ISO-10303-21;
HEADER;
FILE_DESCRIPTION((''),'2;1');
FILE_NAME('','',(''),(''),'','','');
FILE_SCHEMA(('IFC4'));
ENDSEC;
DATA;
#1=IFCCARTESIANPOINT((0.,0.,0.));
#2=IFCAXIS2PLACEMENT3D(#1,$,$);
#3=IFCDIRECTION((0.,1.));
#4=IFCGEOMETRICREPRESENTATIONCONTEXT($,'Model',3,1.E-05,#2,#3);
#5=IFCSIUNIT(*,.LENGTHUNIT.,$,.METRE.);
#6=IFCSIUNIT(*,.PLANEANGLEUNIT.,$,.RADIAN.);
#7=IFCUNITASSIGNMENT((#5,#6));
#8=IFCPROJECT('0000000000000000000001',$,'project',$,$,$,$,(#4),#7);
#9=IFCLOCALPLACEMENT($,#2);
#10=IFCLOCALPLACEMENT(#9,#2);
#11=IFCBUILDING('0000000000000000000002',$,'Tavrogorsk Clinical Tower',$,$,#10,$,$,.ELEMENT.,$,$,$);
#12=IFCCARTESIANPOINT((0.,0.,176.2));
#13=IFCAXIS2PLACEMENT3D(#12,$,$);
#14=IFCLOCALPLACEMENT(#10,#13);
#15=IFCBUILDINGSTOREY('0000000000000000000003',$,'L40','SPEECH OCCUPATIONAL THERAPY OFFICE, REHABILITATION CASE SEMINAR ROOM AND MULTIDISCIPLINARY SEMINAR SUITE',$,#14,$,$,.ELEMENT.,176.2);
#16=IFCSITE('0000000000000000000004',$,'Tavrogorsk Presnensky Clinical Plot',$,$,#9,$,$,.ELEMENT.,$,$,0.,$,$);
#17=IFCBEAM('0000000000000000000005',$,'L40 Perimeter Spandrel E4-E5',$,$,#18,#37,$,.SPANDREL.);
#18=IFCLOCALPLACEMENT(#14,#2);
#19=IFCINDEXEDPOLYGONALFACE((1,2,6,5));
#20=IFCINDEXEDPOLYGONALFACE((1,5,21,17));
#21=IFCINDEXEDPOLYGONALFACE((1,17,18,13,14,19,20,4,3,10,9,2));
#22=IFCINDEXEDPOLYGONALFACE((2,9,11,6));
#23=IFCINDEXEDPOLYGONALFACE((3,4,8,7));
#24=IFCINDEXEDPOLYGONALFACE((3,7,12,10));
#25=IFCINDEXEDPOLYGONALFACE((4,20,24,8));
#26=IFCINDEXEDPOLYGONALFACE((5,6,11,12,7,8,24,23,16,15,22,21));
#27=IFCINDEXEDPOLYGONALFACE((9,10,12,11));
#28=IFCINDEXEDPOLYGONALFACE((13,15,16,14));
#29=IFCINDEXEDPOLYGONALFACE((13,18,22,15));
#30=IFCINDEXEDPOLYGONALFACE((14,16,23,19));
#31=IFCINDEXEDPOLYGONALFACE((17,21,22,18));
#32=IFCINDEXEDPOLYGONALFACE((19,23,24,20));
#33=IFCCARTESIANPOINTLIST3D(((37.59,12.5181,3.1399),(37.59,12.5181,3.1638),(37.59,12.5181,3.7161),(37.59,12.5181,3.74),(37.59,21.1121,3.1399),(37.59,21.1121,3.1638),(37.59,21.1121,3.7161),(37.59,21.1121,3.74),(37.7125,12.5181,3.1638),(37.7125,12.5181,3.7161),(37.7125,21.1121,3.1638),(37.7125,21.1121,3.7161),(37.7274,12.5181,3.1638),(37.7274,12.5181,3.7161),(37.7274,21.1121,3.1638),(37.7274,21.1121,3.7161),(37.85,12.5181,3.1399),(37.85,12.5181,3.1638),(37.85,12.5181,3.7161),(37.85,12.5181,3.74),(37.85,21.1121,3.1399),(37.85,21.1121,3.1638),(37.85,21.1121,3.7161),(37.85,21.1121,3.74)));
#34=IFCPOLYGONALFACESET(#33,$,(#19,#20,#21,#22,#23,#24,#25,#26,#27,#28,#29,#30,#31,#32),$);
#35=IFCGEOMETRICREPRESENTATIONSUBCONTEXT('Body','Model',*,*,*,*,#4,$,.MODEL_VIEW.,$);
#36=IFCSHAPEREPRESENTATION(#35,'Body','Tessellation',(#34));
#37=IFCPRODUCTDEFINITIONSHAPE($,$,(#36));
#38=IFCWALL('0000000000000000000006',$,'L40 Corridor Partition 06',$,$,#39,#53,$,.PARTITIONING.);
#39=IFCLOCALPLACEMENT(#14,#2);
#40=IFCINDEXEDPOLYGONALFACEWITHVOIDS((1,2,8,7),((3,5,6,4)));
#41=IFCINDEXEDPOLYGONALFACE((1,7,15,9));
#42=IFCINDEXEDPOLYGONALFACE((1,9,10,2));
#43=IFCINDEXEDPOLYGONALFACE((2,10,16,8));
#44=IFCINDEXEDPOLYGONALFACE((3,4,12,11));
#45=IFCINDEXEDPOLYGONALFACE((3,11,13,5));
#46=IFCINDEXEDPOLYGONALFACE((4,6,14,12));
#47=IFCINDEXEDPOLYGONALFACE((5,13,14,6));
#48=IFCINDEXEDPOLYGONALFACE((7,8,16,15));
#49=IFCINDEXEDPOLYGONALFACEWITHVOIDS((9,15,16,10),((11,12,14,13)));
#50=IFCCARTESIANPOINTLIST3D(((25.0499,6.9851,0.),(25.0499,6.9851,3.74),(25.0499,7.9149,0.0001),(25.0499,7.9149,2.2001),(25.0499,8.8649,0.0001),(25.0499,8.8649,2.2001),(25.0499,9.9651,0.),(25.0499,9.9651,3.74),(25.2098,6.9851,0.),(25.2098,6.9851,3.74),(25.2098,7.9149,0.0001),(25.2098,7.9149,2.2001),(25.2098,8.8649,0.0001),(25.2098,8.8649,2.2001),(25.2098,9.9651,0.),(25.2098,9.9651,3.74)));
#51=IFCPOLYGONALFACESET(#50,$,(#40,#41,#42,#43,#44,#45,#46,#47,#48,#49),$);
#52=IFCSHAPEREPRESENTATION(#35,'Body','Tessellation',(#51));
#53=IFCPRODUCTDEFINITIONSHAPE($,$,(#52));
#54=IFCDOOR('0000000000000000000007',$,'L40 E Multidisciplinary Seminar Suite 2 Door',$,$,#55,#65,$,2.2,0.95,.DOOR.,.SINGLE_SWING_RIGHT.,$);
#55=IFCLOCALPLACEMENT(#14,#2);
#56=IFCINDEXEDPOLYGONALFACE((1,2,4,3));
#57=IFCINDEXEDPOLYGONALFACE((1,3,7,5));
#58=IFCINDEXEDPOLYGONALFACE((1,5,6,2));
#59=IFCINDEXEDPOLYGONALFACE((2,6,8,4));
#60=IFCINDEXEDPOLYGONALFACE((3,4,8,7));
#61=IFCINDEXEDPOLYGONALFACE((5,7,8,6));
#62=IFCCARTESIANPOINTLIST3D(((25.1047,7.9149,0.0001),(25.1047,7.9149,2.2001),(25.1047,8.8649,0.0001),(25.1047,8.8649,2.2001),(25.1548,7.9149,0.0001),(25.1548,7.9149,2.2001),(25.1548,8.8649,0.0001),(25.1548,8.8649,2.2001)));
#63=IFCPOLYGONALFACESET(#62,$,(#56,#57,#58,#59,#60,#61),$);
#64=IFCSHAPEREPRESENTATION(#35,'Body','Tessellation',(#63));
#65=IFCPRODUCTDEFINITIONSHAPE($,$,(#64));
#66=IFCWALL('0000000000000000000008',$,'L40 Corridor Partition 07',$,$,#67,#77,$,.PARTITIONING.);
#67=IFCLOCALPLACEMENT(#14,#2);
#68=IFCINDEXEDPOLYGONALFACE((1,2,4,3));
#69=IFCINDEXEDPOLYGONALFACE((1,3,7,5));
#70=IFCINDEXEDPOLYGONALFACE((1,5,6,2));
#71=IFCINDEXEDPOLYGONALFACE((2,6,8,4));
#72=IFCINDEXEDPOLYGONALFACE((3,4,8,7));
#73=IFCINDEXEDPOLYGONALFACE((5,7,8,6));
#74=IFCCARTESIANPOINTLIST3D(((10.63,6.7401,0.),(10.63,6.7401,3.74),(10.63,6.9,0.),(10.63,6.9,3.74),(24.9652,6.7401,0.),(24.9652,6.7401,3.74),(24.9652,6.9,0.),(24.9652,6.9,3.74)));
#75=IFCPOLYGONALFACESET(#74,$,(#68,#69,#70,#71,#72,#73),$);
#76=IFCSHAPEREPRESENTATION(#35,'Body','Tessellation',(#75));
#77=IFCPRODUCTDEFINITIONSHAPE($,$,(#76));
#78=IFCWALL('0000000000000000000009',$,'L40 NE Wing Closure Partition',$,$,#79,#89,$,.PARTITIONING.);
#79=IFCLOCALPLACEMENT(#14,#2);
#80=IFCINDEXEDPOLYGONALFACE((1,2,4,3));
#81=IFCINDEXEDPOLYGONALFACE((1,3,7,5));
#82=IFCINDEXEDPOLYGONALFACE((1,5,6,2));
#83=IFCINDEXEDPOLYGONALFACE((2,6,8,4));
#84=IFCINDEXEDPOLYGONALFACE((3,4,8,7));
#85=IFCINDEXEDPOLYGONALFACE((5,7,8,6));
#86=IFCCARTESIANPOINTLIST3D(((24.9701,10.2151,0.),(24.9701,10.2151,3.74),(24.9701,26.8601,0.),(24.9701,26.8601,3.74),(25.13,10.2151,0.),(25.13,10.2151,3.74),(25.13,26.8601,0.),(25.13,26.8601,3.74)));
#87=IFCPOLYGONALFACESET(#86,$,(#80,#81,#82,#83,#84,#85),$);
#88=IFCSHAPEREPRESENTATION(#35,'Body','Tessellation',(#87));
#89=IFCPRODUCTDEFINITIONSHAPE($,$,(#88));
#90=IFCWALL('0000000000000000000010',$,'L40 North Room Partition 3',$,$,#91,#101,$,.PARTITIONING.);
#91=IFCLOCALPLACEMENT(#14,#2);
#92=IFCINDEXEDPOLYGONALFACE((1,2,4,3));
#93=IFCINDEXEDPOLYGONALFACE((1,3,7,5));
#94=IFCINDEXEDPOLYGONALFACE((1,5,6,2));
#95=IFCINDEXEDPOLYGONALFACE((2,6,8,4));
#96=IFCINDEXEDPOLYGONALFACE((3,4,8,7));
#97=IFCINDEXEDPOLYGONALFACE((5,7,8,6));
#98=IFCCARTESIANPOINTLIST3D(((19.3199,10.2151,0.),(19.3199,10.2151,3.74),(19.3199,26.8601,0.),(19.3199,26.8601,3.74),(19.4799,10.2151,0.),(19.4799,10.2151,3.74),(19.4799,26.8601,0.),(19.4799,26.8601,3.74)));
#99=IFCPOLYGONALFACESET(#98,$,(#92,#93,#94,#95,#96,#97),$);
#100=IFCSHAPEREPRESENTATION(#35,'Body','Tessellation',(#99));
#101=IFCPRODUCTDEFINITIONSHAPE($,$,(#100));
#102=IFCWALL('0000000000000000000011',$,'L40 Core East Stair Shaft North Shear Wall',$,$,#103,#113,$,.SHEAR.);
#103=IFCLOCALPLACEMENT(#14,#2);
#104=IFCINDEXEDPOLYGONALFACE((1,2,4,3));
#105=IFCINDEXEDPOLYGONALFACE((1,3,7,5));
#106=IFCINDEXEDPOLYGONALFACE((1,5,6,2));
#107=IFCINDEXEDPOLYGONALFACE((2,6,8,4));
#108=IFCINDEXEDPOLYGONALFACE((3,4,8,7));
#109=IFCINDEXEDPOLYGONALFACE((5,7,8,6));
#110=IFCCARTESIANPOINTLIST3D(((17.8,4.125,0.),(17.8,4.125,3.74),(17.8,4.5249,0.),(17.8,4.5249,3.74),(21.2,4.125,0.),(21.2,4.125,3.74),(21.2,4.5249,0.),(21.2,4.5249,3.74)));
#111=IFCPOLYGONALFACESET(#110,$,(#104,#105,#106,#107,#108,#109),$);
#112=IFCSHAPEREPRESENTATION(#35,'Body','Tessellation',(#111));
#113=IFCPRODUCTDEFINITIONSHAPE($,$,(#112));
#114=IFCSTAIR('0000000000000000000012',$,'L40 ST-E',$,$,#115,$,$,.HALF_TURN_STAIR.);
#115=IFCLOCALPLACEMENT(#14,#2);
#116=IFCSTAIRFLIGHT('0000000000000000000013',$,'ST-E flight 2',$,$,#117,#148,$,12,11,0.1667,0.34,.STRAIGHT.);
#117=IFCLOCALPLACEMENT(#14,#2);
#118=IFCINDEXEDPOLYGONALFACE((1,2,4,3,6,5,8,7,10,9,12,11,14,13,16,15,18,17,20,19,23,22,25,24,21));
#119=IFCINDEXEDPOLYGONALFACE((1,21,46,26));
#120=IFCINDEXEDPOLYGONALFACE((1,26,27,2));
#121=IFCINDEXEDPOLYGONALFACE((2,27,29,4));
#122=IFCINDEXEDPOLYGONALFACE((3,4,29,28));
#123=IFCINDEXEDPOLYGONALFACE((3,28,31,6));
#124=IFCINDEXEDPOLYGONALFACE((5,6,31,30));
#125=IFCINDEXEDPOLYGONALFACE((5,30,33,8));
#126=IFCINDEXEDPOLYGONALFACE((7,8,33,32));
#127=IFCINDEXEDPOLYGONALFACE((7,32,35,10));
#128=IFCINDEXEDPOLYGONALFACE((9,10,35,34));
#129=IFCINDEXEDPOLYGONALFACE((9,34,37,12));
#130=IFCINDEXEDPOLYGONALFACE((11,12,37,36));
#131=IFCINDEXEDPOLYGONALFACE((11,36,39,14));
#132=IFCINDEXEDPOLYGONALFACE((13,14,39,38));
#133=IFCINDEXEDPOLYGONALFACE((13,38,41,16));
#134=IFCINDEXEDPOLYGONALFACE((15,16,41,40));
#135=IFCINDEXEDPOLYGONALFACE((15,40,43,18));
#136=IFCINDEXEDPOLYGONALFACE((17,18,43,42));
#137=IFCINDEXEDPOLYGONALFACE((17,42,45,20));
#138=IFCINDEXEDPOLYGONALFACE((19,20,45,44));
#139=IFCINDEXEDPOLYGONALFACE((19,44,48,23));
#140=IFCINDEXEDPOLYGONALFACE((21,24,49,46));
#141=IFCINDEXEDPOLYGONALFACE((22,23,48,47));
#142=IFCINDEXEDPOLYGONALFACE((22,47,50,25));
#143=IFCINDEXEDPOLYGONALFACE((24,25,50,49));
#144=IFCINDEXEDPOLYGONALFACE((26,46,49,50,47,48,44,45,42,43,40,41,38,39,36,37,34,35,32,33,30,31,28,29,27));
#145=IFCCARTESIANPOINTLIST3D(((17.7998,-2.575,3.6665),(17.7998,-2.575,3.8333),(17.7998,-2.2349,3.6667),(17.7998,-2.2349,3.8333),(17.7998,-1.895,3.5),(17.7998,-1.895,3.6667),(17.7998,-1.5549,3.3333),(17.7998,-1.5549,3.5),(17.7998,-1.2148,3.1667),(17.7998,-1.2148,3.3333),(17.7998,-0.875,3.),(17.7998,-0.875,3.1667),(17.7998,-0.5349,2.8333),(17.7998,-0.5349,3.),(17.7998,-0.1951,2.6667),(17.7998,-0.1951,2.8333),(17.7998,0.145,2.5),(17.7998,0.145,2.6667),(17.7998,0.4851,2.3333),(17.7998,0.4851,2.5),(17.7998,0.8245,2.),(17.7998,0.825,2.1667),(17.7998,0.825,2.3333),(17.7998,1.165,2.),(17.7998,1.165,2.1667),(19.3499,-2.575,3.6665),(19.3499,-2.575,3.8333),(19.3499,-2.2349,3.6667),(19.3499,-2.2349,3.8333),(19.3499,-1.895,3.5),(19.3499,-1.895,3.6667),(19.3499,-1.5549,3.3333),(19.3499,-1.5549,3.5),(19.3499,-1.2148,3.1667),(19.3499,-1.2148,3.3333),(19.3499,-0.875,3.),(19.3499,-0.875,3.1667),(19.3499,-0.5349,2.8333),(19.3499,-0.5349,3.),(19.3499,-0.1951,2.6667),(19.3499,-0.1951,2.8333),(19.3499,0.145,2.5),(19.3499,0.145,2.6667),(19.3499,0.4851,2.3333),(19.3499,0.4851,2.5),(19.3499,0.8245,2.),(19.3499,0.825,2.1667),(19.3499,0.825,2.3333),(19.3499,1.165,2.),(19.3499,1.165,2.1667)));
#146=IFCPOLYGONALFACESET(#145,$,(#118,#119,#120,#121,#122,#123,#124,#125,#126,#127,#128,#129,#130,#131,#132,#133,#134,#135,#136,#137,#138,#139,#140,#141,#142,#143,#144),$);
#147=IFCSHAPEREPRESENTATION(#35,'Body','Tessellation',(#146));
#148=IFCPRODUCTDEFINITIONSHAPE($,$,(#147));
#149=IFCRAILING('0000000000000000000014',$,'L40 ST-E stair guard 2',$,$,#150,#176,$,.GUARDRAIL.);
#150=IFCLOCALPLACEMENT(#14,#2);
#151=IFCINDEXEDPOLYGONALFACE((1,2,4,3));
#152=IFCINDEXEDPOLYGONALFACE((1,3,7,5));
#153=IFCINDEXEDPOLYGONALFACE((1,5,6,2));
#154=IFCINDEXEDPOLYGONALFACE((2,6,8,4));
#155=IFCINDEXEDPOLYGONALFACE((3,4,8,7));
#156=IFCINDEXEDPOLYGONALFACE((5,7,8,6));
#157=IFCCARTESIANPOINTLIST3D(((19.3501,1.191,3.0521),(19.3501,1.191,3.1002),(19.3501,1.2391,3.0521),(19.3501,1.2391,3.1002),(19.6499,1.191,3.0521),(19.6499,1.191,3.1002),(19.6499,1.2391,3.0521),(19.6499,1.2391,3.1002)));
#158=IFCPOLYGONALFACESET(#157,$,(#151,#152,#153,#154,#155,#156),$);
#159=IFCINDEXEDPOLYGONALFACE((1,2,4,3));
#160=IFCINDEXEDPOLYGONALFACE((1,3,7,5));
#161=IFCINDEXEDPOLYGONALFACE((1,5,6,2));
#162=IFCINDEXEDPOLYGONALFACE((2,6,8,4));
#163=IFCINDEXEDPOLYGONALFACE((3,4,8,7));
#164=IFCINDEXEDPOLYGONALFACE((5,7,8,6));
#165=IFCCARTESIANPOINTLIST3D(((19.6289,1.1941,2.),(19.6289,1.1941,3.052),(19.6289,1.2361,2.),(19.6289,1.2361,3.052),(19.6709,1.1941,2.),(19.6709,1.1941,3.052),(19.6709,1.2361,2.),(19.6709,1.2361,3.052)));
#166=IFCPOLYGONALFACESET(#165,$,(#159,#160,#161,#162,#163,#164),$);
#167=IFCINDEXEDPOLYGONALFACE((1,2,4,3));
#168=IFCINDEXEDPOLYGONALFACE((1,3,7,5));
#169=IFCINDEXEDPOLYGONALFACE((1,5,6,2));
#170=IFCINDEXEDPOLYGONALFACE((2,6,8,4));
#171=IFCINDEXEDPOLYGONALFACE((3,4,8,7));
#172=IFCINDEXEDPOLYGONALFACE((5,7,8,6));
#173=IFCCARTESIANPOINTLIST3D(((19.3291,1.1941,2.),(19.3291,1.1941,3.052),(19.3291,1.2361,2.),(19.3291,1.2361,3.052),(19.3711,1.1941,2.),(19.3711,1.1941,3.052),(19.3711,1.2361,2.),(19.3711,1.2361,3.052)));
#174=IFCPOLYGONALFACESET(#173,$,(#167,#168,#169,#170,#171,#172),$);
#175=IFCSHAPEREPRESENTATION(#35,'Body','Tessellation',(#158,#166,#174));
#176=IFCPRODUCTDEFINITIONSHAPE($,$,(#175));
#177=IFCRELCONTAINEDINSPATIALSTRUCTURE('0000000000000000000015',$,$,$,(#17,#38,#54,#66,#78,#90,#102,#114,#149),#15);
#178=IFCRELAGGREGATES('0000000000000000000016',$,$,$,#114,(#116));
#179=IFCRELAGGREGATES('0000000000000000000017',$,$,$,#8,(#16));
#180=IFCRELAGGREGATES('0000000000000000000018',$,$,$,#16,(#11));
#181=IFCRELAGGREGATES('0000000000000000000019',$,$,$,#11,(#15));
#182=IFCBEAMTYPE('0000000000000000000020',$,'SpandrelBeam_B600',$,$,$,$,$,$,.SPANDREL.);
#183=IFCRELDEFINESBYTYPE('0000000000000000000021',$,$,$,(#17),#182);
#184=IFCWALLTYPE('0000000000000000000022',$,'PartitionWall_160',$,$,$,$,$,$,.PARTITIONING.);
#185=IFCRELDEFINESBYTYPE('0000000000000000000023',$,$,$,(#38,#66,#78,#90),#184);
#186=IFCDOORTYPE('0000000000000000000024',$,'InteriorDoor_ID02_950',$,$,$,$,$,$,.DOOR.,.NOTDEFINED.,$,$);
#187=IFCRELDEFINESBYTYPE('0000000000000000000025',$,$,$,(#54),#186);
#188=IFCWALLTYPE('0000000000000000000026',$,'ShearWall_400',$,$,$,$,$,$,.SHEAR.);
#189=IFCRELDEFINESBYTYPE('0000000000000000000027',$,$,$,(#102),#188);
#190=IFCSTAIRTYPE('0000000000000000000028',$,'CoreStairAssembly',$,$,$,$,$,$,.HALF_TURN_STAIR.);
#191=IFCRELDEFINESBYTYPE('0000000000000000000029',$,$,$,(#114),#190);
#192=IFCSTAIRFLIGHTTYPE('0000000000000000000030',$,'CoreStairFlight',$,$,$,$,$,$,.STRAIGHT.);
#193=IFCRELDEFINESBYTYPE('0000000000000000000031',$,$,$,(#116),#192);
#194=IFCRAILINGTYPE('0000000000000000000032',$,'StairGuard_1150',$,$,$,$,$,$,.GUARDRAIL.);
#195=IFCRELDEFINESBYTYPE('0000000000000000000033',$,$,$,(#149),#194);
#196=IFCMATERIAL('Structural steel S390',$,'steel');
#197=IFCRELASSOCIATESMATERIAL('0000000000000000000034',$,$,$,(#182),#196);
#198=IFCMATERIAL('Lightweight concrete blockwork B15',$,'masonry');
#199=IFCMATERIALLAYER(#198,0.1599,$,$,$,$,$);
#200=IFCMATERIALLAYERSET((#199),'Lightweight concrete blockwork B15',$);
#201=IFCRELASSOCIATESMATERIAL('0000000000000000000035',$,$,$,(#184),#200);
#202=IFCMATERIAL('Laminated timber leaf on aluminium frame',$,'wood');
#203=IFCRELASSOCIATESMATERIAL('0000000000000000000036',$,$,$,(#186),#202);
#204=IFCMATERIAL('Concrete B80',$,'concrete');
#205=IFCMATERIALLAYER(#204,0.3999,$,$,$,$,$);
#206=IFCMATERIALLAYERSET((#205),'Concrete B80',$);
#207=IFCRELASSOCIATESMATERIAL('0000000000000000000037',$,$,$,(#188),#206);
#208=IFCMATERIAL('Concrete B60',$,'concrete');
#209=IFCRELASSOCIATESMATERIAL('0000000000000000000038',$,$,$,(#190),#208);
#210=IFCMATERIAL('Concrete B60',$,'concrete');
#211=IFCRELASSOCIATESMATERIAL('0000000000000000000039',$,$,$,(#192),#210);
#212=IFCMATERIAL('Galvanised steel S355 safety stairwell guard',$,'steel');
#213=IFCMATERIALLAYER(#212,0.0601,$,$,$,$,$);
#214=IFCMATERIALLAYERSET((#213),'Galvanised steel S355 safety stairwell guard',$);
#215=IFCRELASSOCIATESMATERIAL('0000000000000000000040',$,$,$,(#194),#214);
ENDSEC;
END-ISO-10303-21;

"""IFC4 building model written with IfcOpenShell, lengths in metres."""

from ifc_helpers import new_model, si_unit, direction, frame, frame_2d, origin, origin_2d, place, context, subcontext, project, spatial, polyline, rectangle, i_section, outline, extrude, material, layer, layer_set, material_profile, profile_set, type_object, element, fill, aggregate, save


model = new_model("IFC4")

# Units and contexts
model_context = context("Model", 3, precision=1e-05, world=origin(), true_north=direction((0.0, 1.0)))
body_context = subcontext(model_context, "Body", "Model", "MODEL_VIEW")
ifc_project = project(units=[si_unit("LENGTHUNIT", "METRE"), si_unit("PLANEANGLEUNIT", "RADIAN")], contexts=[model_context])

# Site, building, storey
site_placement = place(None, origin())
site = spatial("IfcSite", under=ifc_project, at=site_placement, Name="Tavrogorsk Presnensky Clinical Plot", CompositionType="ELEMENT", RefElevation=0.0)
building_placement = place(site_placement, origin())
building = spatial("IfcBuilding", under=site, at=building_placement, Name="Tavrogorsk Clinical Tower", CompositionType="ELEMENT")
storey_placement = place(building_placement, frame((0.0, 0.0, 176.2)))
storey = spatial("IfcBuildingStorey", under=building, at=storey_placement, Name="L40", Description="SPEECH OCCUPATIONAL THERAPY OFFICE, REHABILITATION CASE SEMINAR ROOM AND MULTIDISCIPLINARY SEMINAR SUITE", CompositionType="ELEMENT", Elevation=176.2)

# Beam
ifc_material_1 = material(Name="Structural steel S390", Category="steel")
ifc_material_profile_1 = material_profile(ifc_material_1, i_section(OverallWidth=0.26, OverallDepth=0.6001, WebThickness=0.0149, FlangeThickness=0.0239, at=origin_2d()), Name="B-600x260x15x24")
ifc_profile_set_1 = profile_set([ifc_material_profile_1], Name="Structural steel S390")
beam_type_1 = type_object("IfcBeamType", Name="SpandrelBeam_B600", PredefinedType="SPANDREL", material=ifc_profile_set_1)
for number, where, z_axis, x_axis, name in (
    (1, (37.72, 12.5181, 3.4399), (0.0, 1.0, 0.0), (-1.0, 0.0, 0.0), "L40 Perimeter Spandrel E4-E5"),
):
    element("IfcBeam", number, at=place(storey_placement, frame(where, z_axis=z_axis, x_axis=x_axis)), inside=storey, type_object=beam_type_1, Name=name, PredefinedType="SPANDREL", context=body_context, shape_type="SweptSolid", body=[
        extrude(i_section(OverallWidth=0.26, OverallDepth=0.6001, WebThickness=0.0149, FlangeThickness=0.0239, at=origin_2d()), origin(), (0.0, 0.0, 1.0), 8.594),
    ])

# Wall, opening, door
ifc_material_2 = material(Name="Lightweight concrete blockwork B15", Category="masonry")
ifc_layer_1 = layer(ifc_material_2, 0.1599)
ifc_layer_set_1 = layer_set([ifc_layer_1], Name="Lightweight concrete blockwork B15")
wall_type_1 = type_object("IfcWallType", Name="PartitionWall_160", PredefinedType="PARTITIONING", material=ifc_layer_set_1)
wall_1_placement = place(storey_placement, frame((25.1299, 9.9651, 0.0), z_axis=(0.0, 0.0, 1.0), x_axis=(0.0, -1.0, 0.0)))
wall_1 = element("IfcWall", 2, at=wall_1_placement, inside=storey, type_object=wall_type_1, Name="L40 Corridor Partition 06", PredefinedType="PARTITIONING", context=body_context, shape_type="SweptSolid", body=[
    extrude(rectangle(XDim=2.98, YDim=0.1599, at=frame_2d((1.49, 0.0))), origin(), (0.0, 0.0, 1.0), 3.74),
])
opening_placement = place(wall_1_placement, frame((1.1001, 0.0, 0.0)))
opening = element("IfcOpeningElement", 3, at=opening_placement, cuts=wall_1, PredefinedType="OPENING", context=body_context, shape_type="SweptSolid", body=[
    extrude(rectangle(XDim=0.95, YDim=2.2, at=frame_2d((0.4751, 1.1001))), frame((0.0, 0.0898, 0.0), z_axis=(0.0, -1.0, 0.0), x_axis=(1.0, 0.0, 0.0)), (0.0, 0.0, 1.0), 0.1799),
])
ifc_material_3 = material(Name="Laminated timber leaf on aluminium frame", Category="wood")
door_type = type_object("IfcDoorType", Name="InteriorDoor_ID02_950", OperationType="NOTDEFINED", PredefinedType="DOOR", material=ifc_material_3)
door_placement = place(opening_placement, origin())
door = element("IfcDoor", 4, at=door_placement, inside=storey, type_object=door_type, Name="L40 E Multidisciplinary Seminar Suite 2 Door", OperationType="SINGLE_SWING_RIGHT", OverallHeight=2.2, OverallWidth=0.95, PredefinedType="DOOR", context=body_context, shape_type="SweptSolid", body=[
    extrude(rectangle(XDim=0.95, YDim=2.2, at=frame_2d((0.4751, 1.1001))), frame((0.0, 0.0249, 0.0), z_axis=(0.0, -1.0, 0.0), x_axis=(1.0, 0.0, 0.0)), (0.0, 0.0, 1.0), 0.05),
])
fill(opening, door)

# Walls
wall_2_placement = place(storey_placement, frame((24.9651, 6.8201, 0.0), z_axis=(0.0, 0.0, 1.0), x_axis=(-1.0, 0.0, 0.0)))
element("IfcWall", 5, at=wall_2_placement, inside=storey, type_object=wall_type_1, Name="L40 Corridor Partition 07", PredefinedType="PARTITIONING", context=body_context, shape_type="SweptSolid", body=[
    extrude(rectangle(XDim=14.3352, YDim=0.1599, at=frame_2d((7.1675, 0.0))), origin(), (0.0, 0.0, 1.0), 3.74),
])
for number, where, z_axis, x_axis, name in (
    (6, (25.05, 10.2151, 0.0), (0.0, 0.0, 1.0), (0.0, 1.0, 0.0), "L40 NE Wing Closure Partition"),
    (7, (19.3999, 10.2151, 0.0), (0.0, 0.0, 1.0), (0.0, 1.0, 0.0), "L40 North Room Partition 3"),
):
    element("IfcWall", number, at=place(storey_placement, frame(where, z_axis=z_axis, x_axis=x_axis)), inside=storey, type_object=wall_type_1, Name=name, PredefinedType="PARTITIONING", context=body_context, shape_type="SweptSolid", body=[
        extrude(rectangle(XDim=16.645, YDim=0.1599, at=frame_2d((8.3225, 0.0))), origin(), (0.0, 0.0, 1.0), 3.74),
    ])
ifc_material_4 = material(Name="Concrete B80", Category="concrete")
ifc_layer_2 = layer(ifc_material_4, 0.3999)
ifc_layer_set_2 = layer_set([ifc_layer_2], Name="Concrete B80")
wall_type_2 = type_object("IfcWallType", Name="ShearWall_400", PredefinedType="SHEAR", material=ifc_layer_set_2)
wall_3_placement = place(storey_placement, frame((17.8, 4.325, 0.0), z_axis=(0.0, 0.0, 1.0), x_axis=(1.0, 0.0, 0.0)))
element("IfcWall", 8, at=wall_3_placement, inside=storey, type_object=wall_type_2, Name="L40 Core East Stair Shaft North Shear Wall", PredefinedType="SHEAR", context=body_context, shape_type="SweptSolid", body=[
    extrude(rectangle(XDim=3.3999, YDim=0.3999, at=frame_2d((1.7, 0.0))), origin(), (0.0, 0.0, 1.0), 3.74),
])

# Stair, stair flight
ifc_material_5 = material(Name="Concrete B60", Category="concrete")
stair_type = type_object("IfcStairType", Name="CoreStairAssembly", PredefinedType="HALF_TURN_STAIR", material=ifc_material_5)
stair_placement = place(storey_placement, origin())
stair = element("IfcStair", 9, at=stair_placement, inside=storey, type_object=stair_type, Name="L40 ST-E", PredefinedType="HALF_TURN_STAIR")
ifc_material_6 = material(Name="Concrete B60", Category="concrete")
stair_flight_type = type_object("IfcStairFlightType", Name="CoreStairFlight", PredefinedType="STRAIGHT", material=ifc_material_6)
stair_flight_placement = place(storey_placement, frame((18.575, 1.165, 2.0), z_axis=(0.0, 0.0, 1.0), x_axis=(0.0, -1.0, 0.0)))
stair_flight = element("IfcStairFlight", 10, at=stair_flight_placement, type_object=stair_flight_type, Name="ST-E flight 2", NumberOfRisers=12, NumberOfTreads=11, PredefinedType="STRAIGHT", RiserHeight=0.1667, TreadLength=0.34, context=body_context, shape_type="SweptSolid", body=[
    extrude(outline(polyline([(0.0, 0.0), (0.0, 0.1667), (0.3401, 0.1667), (0.3401, 0.3333), (0.6799, 0.3333), (0.6799, 0.5), (1.02, 0.5), (1.02, 0.6667), (1.3601, 0.6667), (1.3601, 0.8333), (1.7, 0.8333), (1.7, 1.0), (2.04, 1.0), (2.04, 1.1667), (2.3799, 1.1667), (2.3799, 1.3333), (2.72, 1.3333), (2.72, 1.5), (3.0601, 1.5), (3.0601, 1.6667), (3.3999, 1.6667), (3.3999, 1.8333), (3.74, 1.8333), (3.74, 2.0), (3.74, 1.6665), (0.3406, 0.0), (0.0, 0.0)])), frame((0.0, 0.7749, 0.0), z_axis=(0.0, -1.0, 0.0), x_axis=(1.0, 0.0, 0.0)), (0.0, 0.0, 1.0), 1.55),
])
aggregate(stair, [stair_flight])

# Railing
ifc_material_7 = material(Name="Galvanised steel S355 safety stairwell guard", Category="steel")
ifc_layer_3 = layer(ifc_material_7, 0.0601)
ifc_layer_set_3 = layer_set([ifc_layer_3], Name="Galvanised steel S355 safety stairwell guard")
railing_type_1 = type_object("IfcRailingType", Name="StairGuard_1150", PredefinedType="GUARDRAIL", material=ifc_layer_set_3)
railing_1_placement = place(storey_placement, frame((19.6499, 1.2151, 2.0)))
element("IfcRailing", 11, at=railing_1_placement, inside=storey, type_object=railing_type_1, Name="L40 ST-E stair guard 2", PredefinedType="GUARDRAIL", context=body_context, shape_type="SweptSolid", body=[
    extrude(rectangle(XDim=0.0481, YDim=0.0481, at=origin_2d()), frame((0.0, 0.0, 1.0762), z_axis=(-1.0, 0.0, 0.0), x_axis=(0.0, -1.0, 0.0)), (0.0, 0.0, 1.0), 0.2998),
    extrude(rectangle(XDim=0.042, YDim=0.042, at=origin_2d()), origin(), (0.0, 0.0, 1.0), 1.052),
    extrude(rectangle(XDim=0.042, YDim=0.042, at=origin_2d()), frame((-0.2998, 0.0, 0.0)), (0.0, 0.0, 1.0), 1.052),
])

save(model, "model.ifc")
